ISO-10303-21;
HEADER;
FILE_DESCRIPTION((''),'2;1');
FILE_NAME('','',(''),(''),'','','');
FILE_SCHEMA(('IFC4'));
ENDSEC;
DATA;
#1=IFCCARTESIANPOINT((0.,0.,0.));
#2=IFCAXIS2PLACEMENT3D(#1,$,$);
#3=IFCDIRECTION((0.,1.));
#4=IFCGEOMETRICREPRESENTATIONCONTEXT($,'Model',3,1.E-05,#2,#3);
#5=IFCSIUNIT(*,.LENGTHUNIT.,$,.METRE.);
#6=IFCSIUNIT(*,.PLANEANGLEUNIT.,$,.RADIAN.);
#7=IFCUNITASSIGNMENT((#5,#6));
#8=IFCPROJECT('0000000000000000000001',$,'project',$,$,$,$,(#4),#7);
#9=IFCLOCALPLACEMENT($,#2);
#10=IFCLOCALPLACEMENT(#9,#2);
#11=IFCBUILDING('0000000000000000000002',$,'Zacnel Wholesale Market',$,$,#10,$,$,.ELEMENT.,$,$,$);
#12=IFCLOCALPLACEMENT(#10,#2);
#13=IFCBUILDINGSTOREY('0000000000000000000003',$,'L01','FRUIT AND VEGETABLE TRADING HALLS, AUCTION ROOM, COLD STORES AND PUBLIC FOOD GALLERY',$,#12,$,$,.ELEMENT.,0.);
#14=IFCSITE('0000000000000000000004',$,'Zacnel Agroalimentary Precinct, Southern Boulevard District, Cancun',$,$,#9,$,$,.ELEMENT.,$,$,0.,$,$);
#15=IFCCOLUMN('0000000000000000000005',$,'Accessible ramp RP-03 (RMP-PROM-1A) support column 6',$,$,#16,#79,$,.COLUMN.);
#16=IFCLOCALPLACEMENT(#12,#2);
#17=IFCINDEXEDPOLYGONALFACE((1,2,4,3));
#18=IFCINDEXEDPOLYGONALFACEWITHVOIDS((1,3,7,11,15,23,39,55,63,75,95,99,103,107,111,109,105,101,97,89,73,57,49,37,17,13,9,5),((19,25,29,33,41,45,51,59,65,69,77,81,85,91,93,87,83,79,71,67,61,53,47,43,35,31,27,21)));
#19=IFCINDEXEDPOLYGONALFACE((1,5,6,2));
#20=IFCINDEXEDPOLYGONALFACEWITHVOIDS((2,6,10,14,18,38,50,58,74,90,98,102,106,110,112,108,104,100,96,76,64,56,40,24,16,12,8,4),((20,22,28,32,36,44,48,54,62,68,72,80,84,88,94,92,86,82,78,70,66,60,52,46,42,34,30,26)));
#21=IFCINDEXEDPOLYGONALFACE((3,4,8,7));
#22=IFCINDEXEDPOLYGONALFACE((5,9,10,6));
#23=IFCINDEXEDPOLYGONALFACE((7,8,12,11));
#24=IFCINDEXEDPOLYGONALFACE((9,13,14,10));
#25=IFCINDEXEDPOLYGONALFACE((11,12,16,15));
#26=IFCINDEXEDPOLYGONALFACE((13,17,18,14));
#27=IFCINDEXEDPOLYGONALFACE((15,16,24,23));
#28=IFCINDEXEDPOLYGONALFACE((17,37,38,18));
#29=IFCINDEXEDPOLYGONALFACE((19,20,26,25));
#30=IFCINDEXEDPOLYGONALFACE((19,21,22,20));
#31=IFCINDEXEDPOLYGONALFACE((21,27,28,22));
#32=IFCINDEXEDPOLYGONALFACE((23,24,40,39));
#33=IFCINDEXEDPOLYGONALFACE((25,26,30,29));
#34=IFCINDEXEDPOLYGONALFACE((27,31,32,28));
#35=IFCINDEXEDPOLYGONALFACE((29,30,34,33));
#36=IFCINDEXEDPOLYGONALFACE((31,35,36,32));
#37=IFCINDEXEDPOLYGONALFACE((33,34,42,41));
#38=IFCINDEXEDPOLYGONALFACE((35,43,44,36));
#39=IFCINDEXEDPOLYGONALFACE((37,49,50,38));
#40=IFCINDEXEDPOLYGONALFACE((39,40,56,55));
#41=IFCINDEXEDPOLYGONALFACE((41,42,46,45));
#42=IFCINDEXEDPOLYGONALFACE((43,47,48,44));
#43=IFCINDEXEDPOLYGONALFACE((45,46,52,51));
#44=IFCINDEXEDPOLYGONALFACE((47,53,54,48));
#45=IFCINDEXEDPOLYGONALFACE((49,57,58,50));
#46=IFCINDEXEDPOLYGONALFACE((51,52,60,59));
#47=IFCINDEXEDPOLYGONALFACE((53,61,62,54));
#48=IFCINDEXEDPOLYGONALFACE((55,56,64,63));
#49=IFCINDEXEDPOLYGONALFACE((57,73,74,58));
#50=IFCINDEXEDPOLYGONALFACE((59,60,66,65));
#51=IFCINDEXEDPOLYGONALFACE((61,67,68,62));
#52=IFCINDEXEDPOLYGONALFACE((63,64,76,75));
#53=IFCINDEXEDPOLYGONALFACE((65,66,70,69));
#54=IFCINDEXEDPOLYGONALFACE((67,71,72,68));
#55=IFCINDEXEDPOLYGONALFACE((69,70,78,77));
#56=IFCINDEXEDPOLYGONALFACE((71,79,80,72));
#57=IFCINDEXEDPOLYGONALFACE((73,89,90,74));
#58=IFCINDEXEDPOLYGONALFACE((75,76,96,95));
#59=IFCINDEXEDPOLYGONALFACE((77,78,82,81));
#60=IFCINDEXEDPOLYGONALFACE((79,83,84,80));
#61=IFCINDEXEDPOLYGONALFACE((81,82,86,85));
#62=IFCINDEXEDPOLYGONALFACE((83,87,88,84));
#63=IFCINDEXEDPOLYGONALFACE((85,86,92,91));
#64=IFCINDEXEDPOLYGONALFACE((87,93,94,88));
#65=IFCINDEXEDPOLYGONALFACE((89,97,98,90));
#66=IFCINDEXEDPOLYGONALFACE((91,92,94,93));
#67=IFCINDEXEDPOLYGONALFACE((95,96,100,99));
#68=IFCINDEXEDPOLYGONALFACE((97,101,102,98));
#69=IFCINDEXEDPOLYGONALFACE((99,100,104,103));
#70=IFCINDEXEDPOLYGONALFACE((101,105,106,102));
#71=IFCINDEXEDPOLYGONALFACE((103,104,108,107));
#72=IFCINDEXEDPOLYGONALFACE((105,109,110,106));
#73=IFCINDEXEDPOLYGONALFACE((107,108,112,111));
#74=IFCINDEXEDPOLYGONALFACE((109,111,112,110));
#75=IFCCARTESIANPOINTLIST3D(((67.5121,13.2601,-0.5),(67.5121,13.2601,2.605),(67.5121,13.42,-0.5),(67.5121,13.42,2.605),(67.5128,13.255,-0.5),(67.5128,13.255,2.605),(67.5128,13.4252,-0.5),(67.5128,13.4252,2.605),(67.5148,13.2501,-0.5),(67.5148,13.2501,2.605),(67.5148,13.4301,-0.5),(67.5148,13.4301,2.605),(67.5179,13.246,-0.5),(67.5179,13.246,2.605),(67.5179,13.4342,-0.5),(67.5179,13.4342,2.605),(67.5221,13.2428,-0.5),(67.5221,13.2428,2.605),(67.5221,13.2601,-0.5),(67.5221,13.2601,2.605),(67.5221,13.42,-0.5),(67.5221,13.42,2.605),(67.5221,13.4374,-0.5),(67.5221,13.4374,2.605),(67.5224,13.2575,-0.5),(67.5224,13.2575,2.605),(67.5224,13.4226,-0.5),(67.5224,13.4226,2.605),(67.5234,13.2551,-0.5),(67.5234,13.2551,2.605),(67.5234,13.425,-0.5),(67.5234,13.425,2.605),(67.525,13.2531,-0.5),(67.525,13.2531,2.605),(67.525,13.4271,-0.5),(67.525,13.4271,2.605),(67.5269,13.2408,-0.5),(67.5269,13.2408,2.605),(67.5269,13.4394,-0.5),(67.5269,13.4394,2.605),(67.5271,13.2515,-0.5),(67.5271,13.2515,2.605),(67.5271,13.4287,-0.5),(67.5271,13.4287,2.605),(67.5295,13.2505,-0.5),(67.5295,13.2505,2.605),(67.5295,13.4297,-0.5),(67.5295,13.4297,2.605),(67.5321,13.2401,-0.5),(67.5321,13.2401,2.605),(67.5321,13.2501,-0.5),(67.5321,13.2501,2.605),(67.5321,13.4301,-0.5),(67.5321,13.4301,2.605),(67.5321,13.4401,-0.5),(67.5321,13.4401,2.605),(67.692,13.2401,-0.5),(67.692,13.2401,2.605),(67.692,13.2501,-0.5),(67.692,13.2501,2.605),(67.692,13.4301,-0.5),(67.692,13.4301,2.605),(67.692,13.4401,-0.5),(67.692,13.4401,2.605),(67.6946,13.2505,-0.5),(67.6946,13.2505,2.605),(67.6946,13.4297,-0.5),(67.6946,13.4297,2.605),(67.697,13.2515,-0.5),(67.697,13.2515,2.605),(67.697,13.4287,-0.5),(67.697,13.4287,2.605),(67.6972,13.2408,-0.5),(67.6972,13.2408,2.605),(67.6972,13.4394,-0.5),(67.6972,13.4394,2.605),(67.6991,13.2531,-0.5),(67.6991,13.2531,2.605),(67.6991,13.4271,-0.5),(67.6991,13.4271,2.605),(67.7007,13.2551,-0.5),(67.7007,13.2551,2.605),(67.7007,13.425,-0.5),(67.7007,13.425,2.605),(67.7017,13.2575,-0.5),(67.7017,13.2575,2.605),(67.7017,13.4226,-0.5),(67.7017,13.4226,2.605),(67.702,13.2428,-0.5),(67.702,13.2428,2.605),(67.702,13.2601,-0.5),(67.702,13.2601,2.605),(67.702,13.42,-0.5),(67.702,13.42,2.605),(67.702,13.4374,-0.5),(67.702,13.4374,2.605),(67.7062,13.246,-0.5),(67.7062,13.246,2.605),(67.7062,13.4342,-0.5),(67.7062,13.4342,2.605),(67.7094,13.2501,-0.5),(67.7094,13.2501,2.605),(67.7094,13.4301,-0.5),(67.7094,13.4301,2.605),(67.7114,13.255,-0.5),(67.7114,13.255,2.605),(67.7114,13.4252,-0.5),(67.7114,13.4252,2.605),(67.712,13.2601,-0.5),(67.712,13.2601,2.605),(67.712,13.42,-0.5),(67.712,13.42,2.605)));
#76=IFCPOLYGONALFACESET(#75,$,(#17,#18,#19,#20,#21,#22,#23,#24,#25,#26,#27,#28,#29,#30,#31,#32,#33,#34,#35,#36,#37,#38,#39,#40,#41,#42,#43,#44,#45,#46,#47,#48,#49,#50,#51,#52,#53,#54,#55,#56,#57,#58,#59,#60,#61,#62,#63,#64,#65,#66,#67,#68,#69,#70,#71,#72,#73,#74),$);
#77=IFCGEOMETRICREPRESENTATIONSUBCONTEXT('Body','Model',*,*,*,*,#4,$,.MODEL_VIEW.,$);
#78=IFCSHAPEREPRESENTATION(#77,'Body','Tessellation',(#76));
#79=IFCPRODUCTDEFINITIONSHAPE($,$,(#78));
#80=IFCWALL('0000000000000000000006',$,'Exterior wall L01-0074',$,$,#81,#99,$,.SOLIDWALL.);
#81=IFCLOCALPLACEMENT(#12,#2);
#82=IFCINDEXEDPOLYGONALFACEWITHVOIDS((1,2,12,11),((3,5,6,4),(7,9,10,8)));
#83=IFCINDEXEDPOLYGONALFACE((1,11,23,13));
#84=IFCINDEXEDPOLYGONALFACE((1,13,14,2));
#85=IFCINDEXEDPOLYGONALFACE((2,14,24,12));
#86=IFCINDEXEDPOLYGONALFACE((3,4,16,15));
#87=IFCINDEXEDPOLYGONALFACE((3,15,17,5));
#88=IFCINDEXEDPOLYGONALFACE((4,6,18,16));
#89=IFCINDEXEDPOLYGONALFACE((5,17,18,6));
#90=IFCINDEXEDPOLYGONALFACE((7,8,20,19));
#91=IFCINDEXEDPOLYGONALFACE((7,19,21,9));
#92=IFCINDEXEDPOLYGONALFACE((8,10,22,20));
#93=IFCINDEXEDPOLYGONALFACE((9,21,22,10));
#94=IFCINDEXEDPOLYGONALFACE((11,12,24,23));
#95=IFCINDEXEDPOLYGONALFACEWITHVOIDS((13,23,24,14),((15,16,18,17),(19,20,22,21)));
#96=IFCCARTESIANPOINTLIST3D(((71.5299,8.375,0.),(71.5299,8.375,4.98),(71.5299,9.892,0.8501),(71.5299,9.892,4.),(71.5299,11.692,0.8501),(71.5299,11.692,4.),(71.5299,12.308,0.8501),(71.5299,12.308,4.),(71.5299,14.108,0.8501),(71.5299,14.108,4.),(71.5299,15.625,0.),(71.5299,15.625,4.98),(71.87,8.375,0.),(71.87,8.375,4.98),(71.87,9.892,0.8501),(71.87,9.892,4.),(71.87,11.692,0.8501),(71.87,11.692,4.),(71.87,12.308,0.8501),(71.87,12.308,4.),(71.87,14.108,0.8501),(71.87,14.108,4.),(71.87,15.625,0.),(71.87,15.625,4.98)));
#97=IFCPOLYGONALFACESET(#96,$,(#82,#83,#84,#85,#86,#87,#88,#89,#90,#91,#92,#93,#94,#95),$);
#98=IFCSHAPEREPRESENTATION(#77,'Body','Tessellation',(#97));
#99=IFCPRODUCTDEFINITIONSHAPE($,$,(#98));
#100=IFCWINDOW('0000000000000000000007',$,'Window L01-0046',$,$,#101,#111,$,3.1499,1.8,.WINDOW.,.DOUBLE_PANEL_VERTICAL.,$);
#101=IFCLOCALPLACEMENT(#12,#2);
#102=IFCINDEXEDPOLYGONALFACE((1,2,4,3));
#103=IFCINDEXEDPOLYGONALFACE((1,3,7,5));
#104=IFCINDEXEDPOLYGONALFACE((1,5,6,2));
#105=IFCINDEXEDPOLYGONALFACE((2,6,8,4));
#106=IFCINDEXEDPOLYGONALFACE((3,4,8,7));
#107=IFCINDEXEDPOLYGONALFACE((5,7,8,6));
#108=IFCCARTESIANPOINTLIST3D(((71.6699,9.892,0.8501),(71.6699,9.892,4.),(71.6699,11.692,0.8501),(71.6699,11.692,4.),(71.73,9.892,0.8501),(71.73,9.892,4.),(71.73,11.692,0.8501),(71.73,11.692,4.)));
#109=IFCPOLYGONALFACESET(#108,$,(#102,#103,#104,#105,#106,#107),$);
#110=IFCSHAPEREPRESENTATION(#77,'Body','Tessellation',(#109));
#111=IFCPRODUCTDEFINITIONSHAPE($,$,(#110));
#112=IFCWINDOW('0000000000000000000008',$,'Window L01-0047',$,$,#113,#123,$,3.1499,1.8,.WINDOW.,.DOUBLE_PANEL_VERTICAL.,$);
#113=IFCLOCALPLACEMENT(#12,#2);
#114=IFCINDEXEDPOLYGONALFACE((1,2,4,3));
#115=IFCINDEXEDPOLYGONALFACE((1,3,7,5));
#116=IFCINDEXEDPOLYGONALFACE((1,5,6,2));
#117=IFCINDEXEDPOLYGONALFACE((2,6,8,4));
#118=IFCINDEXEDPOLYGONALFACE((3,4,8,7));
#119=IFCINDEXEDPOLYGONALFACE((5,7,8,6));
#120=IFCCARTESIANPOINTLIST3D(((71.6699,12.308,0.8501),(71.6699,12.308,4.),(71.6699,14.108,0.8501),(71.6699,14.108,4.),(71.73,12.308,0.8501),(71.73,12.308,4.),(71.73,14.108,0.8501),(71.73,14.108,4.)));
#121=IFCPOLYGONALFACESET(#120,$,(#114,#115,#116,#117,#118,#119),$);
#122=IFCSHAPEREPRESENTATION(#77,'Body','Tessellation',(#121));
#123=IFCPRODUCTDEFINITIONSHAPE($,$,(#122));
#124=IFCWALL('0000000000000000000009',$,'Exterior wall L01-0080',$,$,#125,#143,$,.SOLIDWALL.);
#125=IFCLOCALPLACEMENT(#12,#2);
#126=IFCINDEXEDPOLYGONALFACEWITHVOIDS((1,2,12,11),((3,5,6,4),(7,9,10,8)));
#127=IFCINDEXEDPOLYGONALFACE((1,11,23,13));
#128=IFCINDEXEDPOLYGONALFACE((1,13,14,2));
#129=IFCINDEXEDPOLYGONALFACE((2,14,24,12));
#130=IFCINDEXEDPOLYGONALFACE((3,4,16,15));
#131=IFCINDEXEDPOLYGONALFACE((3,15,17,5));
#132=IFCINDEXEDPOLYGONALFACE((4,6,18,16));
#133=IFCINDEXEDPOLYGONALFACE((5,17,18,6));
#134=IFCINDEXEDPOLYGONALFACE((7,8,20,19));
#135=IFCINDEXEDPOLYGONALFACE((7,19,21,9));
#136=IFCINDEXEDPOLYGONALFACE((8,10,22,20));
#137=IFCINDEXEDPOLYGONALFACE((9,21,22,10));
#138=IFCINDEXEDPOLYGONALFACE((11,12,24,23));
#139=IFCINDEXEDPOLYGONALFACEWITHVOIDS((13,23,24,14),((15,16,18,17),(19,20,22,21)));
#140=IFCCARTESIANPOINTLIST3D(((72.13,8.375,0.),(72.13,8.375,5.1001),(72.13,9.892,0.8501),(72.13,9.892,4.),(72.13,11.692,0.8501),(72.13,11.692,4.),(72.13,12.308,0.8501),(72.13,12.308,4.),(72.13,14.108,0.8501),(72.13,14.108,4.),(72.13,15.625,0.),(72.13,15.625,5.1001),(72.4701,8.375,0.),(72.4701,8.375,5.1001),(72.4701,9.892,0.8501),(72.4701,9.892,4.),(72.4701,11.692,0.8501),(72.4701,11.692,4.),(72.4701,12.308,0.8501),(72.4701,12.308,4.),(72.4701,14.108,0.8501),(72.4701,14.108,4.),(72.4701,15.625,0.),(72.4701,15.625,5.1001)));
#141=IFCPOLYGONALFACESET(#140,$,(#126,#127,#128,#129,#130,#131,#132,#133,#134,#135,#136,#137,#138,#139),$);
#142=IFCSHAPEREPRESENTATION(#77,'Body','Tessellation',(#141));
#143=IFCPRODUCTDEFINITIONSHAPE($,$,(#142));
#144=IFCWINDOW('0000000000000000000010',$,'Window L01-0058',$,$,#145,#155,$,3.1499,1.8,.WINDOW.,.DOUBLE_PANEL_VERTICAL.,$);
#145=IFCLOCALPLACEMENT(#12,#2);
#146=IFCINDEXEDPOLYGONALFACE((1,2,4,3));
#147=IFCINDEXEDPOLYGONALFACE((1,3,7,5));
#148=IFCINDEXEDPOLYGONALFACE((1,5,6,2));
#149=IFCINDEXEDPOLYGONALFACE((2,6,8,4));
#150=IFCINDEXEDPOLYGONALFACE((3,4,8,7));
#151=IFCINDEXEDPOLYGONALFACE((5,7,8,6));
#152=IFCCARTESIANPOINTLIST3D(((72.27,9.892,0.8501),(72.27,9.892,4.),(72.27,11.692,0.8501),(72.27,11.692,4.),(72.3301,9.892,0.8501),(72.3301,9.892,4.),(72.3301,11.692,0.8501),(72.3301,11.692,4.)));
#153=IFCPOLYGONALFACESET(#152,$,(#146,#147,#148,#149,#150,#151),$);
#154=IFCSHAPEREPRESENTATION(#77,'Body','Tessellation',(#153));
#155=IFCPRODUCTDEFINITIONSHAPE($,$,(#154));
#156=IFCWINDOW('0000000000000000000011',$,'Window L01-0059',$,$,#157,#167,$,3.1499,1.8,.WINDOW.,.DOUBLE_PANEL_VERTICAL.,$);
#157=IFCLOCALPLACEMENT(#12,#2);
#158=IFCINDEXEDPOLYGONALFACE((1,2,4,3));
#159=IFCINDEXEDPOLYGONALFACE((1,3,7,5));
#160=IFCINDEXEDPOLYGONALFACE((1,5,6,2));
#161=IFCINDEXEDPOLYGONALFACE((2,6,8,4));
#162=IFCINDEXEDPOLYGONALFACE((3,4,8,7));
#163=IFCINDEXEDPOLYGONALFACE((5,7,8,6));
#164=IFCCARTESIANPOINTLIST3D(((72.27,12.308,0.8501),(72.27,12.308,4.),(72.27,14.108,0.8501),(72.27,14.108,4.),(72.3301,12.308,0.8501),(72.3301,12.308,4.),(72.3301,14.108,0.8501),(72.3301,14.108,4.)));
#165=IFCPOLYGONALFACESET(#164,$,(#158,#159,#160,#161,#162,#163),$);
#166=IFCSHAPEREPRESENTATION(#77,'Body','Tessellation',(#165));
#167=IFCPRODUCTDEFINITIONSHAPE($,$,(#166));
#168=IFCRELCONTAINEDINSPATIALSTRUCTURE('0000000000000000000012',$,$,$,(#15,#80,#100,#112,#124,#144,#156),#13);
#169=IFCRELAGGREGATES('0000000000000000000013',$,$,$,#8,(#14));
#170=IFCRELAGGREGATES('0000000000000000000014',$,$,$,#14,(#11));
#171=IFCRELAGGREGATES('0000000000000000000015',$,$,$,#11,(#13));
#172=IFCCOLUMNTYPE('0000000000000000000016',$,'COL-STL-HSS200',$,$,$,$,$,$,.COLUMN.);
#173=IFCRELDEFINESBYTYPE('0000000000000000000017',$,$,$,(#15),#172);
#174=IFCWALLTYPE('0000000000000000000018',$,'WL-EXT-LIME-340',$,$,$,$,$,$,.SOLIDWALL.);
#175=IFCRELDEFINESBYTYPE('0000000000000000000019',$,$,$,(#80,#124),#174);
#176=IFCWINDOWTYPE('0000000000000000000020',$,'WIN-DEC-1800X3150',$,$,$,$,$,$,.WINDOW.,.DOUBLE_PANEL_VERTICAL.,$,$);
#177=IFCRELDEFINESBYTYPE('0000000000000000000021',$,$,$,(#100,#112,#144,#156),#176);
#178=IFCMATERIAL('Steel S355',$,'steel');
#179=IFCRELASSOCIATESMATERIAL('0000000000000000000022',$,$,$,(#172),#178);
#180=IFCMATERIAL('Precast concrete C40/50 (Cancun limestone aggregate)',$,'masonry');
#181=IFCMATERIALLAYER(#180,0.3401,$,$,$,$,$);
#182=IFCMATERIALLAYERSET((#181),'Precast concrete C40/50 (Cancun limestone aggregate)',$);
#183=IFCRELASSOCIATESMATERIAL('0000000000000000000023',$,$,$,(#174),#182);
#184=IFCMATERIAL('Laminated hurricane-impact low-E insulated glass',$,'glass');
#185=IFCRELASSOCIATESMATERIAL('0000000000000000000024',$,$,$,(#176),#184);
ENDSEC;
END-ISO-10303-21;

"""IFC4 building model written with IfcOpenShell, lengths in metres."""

from ifc_helpers import new_model, si_unit, direction, frame, frame_2d, origin, origin_2d, place, context, subcontext, project, spatial, rectangle, hollow_rectangle, extrude, material, layer, layer_set, material_profile, profile_set, type_object, element, fill, save


model = new_model("IFC4")

# Units and contexts
model_context = context("Model", 3, precision=1e-05, world=origin(), true_north=direction((0.0, 1.0)))
body_context = subcontext(model_context, "Body", "Model", "MODEL_VIEW")
ifc_project = project(units=[si_unit("LENGTHUNIT", "METRE"), si_unit("PLANEANGLEUNIT", "RADIAN")], contexts=[model_context])

# Site, building, storey
site_placement = place(None, origin())
site = spatial("IfcSite", under=ifc_project, at=site_placement, Name="Zacnel Agroalimentary Precinct, Southern Boulevard District, Cancun", CompositionType="ELEMENT", RefElevation=0.0)
building_placement = place(site_placement, origin())
building = spatial("IfcBuilding", under=site, at=building_placement, Name="Zacnel Wholesale Market", CompositionType="ELEMENT")
storey_placement = place(building_placement, origin())
storey = spatial("IfcBuildingStorey", under=building, at=storey_placement, Name="L01", Description="FRUIT AND VEGETABLE TRADING HALLS, AUCTION ROOM, COLD STORES AND PUBLIC FOOD GALLERY", CompositionType="ELEMENT", Elevation=0.0)

# Column
ifc_material_1 = material(Name="Steel S355", Category="steel")
ifc_material_profile_1 = material_profile(ifc_material_1, hollow_rectangle(XDim=0.2, YDim=0.2, WallThickness=0.01, InnerFilletRadius=0.01, OuterFilletRadius=0.02, at=origin_2d()), Name="HSS 200x200x10")
ifc_profile_set_1 = profile_set([ifc_material_profile_1], Name="Steel S355")
column_type_1 = type_object("IfcColumnType", Name="COL-STL-HSS200", PredefinedType="COLUMN", material=ifc_profile_set_1)
column_1_placement = place(storey_placement, frame((67.6121, 13.3401, -0.5), z_axis=(0.0, 0.0, 1.0), x_axis=(1.0, 0.0, 0.0)))
element("IfcColumn", 1, at=column_1_placement, inside=storey, type_object=column_type_1, Name="Accessible ramp RP-03 (RMP-PROM-1A) support column 6", PredefinedType="COLUMN", context=body_context, shape_type="SweptSolid", body=[
    extrude(hollow_rectangle(XDim=0.2, YDim=0.2, WallThickness=0.01, InnerFilletRadius=0.01, OuterFilletRadius=0.02, at=origin_2d()), origin(), (0.0, 0.0, 1.0), 3.105),
])

# Walls, openings, windows
ifc_material_2 = material(Name="Precast concrete C40/50 (Cancun limestone aggregate)", Category="masonry")
ifc_layer = layer(ifc_material_2, 0.3401)
ifc_layer_set = layer_set([ifc_layer], Name="Precast concrete C40/50 (Cancun limestone aggregate)")
wall_type = type_object("IfcWallType", Name="WL-EXT-LIME-340", PredefinedType="SOLIDWALL", material=ifc_layer_set)
wall_1_placement = place(storey_placement, frame((71.7, 8.375, 0.0), z_axis=(0.0, 0.0, 1.0), x_axis=(0.0, 1.0, 0.0)))
wall_1 = element("IfcWall", 2, at=wall_1_placement, inside=storey, type_object=wall_type, Name="Exterior wall L01-0074", PredefinedType="SOLIDWALL", context=body_context, shape_type="SweptSolid", body=[
    extrude(rectangle(XDim=7.25, YDim=0.3401, at=frame_2d((3.625, 0.0))), origin(), (0.0, 0.0, 1.0), 4.98),
])
opening_1_placement = place(wall_1_placement, frame((1.5171, 0.0, 0.8501)))
opening_1 = element("IfcOpeningElement", 3, at=opening_1_placement, cuts=wall_1, PredefinedType="OPENING", context=body_context, shape_type="SweptSolid", body=[
    extrude(rectangle(XDim=1.8, YDim=3.1499, at=frame_2d((0.8999, 1.575))), frame((0.0, 0.1799, 0.0), z_axis=(0.0, -1.0, 0.0), x_axis=(1.0, 0.0, 0.0)), (0.0, 0.0, 1.0), 0.3601),
])
opening_2_placement = place(wall_1_placement, frame((3.9331, 0.0, 0.8501)))
opening_2 = element("IfcOpeningElement", 4, at=opening_2_placement, cuts=wall_1, PredefinedType="OPENING", context=body_context, shape_type="SweptSolid", body=[
    extrude(rectangle(XDim=1.8, YDim=3.1499, at=frame_2d((0.8999, 1.575))), frame((0.0, 0.1799, 0.0), z_axis=(0.0, -1.0, 0.0), x_axis=(1.0, 0.0, 0.0)), (0.0, 0.0, 1.0), 0.3601),
])
ifc_material_3 = material(Name="Laminated hurricane-impact low-E insulated glass", Category="glass")
window_type = type_object("IfcWindowType", Name="WIN-DEC-1800X3150", PartitioningType="DOUBLE_PANEL_VERTICAL", PredefinedType="WINDOW", material=ifc_material_3)
window_1_placement = place(opening_1_placement, origin())
window_1 = element("IfcWindow", 5, at=window_1_placement, inside=storey, type_object=window_type, Name="Window L01-0046", OverallHeight=3.1499, OverallWidth=1.8, PartitioningType="DOUBLE_PANEL_VERTICAL", PredefinedType="WINDOW", context=body_context, shape_type="SweptSolid", body=[
    extrude(rectangle(XDim=1.8, YDim=3.1499, at=frame_2d((0.8999, 1.575))), frame((0.0, 0.03, 0.0), z_axis=(0.0, -1.0, 0.0), x_axis=(1.0, 0.0, 0.0)), (0.0, 0.0, 1.0), 0.0601),
])
fill(opening_1, window_1)
window_2_placement = place(opening_2_placement, origin())
window_2 = element("IfcWindow", 6, at=window_2_placement, inside=storey, type_object=window_type, Name="Window L01-0047", OverallHeight=3.1499, OverallWidth=1.8, PartitioningType="DOUBLE_PANEL_VERTICAL", PredefinedType="WINDOW", context=body_context, shape_type="SweptSolid", body=[
    extrude(rectangle(XDim=1.8, YDim=3.1499, at=frame_2d((0.8999, 1.575))), frame((0.0, 0.03, 0.0), z_axis=(0.0, -1.0, 0.0), x_axis=(1.0, 0.0, 0.0)), (0.0, 0.0, 1.0), 0.0601),
])
fill(opening_2, window_2)
wall_2_placement = place(storey_placement, frame((72.3, 8.375, 0.0), z_axis=(0.0, 0.0, 1.0), x_axis=(0.0, 1.0, 0.0)))
wall_2 = element("IfcWall", 7, at=wall_2_placement, inside=storey, type_object=wall_type, Name="Exterior wall L01-0080", PredefinedType="SOLIDWALL", context=body_context, shape_type="SweptSolid", body=[
    extrude(rectangle(XDim=7.25, YDim=0.3401, at=frame_2d((3.625, 0.0))), origin(), (0.0, 0.0, 1.0), 5.1001),
])
opening_3_placement = place(wall_2_placement, frame((1.5171, 0.0, 0.8501)))
opening_3 = element("IfcOpeningElement", 8, at=opening_3_placement, cuts=wall_2, PredefinedType="OPENING", context=body_context, shape_type="SweptSolid", body=[
    extrude(rectangle(XDim=1.8, YDim=3.1499, at=frame_2d((0.8999, 1.575))), frame((0.0, 0.1799, 0.0), z_axis=(0.0, -1.0, 0.0), x_axis=(1.0, 0.0, 0.0)), (0.0, 0.0, 1.0), 0.3601),
])
opening_4_placement = place(wall_2_placement, frame((3.9331, 0.0, 0.8501)))
opening_4 = element("IfcOpeningElement", 9, at=opening_4_placement, cuts=wall_2, PredefinedType="OPENING", context=body_context, shape_type="SweptSolid", body=[
    extrude(rectangle(XDim=1.8, YDim=3.1499, at=frame_2d((0.8999, 1.575))), frame((0.0, 0.1799, 0.0), z_axis=(0.0, -1.0, 0.0), x_axis=(1.0, 0.0, 0.0)), (0.0, 0.0, 1.0), 0.3601),
])
window_3_placement = place(opening_3_placement, origin())
window_3 = element("IfcWindow", 10, at=window_3_placement, inside=storey, type_object=window_type, Name="Window L01-0058", OverallHeight=3.1499, OverallWidth=1.8, PartitioningType="DOUBLE_PANEL_VERTICAL", PredefinedType="WINDOW", context=body_context, shape_type="SweptSolid", body=[
    extrude(rectangle(XDim=1.8, YDim=3.1499, at=frame_2d((0.8999, 1.575))), frame((0.0, 0.03, 0.0), z_axis=(0.0, -1.0, 0.0), x_axis=(1.0, 0.0, 0.0)), (0.0, 0.0, 1.0), 0.0601),
])
fill(opening_3, window_3)
window_4_placement = place(opening_4_placement, origin())
window_4 = element("IfcWindow", 11, at=window_4_placement, inside=storey, type_object=window_type, Name="Window L01-0059", OverallHeight=3.1499, OverallWidth=1.8, PartitioningType="DOUBLE_PANEL_VERTICAL", PredefinedType="WINDOW", context=body_context, shape_type="SweptSolid", body=[
    extrude(rectangle(XDim=1.8, YDim=3.1499, at=frame_2d((0.8999, 1.575))), frame((0.0, 0.03, 0.0), z_axis=(0.0, -1.0, 0.0), x_axis=(1.0, 0.0, 0.0)), (0.0, 0.0, 1.0), 0.0601),
])
fill(opening_4, window_4)

save(model, "model.ifc")
